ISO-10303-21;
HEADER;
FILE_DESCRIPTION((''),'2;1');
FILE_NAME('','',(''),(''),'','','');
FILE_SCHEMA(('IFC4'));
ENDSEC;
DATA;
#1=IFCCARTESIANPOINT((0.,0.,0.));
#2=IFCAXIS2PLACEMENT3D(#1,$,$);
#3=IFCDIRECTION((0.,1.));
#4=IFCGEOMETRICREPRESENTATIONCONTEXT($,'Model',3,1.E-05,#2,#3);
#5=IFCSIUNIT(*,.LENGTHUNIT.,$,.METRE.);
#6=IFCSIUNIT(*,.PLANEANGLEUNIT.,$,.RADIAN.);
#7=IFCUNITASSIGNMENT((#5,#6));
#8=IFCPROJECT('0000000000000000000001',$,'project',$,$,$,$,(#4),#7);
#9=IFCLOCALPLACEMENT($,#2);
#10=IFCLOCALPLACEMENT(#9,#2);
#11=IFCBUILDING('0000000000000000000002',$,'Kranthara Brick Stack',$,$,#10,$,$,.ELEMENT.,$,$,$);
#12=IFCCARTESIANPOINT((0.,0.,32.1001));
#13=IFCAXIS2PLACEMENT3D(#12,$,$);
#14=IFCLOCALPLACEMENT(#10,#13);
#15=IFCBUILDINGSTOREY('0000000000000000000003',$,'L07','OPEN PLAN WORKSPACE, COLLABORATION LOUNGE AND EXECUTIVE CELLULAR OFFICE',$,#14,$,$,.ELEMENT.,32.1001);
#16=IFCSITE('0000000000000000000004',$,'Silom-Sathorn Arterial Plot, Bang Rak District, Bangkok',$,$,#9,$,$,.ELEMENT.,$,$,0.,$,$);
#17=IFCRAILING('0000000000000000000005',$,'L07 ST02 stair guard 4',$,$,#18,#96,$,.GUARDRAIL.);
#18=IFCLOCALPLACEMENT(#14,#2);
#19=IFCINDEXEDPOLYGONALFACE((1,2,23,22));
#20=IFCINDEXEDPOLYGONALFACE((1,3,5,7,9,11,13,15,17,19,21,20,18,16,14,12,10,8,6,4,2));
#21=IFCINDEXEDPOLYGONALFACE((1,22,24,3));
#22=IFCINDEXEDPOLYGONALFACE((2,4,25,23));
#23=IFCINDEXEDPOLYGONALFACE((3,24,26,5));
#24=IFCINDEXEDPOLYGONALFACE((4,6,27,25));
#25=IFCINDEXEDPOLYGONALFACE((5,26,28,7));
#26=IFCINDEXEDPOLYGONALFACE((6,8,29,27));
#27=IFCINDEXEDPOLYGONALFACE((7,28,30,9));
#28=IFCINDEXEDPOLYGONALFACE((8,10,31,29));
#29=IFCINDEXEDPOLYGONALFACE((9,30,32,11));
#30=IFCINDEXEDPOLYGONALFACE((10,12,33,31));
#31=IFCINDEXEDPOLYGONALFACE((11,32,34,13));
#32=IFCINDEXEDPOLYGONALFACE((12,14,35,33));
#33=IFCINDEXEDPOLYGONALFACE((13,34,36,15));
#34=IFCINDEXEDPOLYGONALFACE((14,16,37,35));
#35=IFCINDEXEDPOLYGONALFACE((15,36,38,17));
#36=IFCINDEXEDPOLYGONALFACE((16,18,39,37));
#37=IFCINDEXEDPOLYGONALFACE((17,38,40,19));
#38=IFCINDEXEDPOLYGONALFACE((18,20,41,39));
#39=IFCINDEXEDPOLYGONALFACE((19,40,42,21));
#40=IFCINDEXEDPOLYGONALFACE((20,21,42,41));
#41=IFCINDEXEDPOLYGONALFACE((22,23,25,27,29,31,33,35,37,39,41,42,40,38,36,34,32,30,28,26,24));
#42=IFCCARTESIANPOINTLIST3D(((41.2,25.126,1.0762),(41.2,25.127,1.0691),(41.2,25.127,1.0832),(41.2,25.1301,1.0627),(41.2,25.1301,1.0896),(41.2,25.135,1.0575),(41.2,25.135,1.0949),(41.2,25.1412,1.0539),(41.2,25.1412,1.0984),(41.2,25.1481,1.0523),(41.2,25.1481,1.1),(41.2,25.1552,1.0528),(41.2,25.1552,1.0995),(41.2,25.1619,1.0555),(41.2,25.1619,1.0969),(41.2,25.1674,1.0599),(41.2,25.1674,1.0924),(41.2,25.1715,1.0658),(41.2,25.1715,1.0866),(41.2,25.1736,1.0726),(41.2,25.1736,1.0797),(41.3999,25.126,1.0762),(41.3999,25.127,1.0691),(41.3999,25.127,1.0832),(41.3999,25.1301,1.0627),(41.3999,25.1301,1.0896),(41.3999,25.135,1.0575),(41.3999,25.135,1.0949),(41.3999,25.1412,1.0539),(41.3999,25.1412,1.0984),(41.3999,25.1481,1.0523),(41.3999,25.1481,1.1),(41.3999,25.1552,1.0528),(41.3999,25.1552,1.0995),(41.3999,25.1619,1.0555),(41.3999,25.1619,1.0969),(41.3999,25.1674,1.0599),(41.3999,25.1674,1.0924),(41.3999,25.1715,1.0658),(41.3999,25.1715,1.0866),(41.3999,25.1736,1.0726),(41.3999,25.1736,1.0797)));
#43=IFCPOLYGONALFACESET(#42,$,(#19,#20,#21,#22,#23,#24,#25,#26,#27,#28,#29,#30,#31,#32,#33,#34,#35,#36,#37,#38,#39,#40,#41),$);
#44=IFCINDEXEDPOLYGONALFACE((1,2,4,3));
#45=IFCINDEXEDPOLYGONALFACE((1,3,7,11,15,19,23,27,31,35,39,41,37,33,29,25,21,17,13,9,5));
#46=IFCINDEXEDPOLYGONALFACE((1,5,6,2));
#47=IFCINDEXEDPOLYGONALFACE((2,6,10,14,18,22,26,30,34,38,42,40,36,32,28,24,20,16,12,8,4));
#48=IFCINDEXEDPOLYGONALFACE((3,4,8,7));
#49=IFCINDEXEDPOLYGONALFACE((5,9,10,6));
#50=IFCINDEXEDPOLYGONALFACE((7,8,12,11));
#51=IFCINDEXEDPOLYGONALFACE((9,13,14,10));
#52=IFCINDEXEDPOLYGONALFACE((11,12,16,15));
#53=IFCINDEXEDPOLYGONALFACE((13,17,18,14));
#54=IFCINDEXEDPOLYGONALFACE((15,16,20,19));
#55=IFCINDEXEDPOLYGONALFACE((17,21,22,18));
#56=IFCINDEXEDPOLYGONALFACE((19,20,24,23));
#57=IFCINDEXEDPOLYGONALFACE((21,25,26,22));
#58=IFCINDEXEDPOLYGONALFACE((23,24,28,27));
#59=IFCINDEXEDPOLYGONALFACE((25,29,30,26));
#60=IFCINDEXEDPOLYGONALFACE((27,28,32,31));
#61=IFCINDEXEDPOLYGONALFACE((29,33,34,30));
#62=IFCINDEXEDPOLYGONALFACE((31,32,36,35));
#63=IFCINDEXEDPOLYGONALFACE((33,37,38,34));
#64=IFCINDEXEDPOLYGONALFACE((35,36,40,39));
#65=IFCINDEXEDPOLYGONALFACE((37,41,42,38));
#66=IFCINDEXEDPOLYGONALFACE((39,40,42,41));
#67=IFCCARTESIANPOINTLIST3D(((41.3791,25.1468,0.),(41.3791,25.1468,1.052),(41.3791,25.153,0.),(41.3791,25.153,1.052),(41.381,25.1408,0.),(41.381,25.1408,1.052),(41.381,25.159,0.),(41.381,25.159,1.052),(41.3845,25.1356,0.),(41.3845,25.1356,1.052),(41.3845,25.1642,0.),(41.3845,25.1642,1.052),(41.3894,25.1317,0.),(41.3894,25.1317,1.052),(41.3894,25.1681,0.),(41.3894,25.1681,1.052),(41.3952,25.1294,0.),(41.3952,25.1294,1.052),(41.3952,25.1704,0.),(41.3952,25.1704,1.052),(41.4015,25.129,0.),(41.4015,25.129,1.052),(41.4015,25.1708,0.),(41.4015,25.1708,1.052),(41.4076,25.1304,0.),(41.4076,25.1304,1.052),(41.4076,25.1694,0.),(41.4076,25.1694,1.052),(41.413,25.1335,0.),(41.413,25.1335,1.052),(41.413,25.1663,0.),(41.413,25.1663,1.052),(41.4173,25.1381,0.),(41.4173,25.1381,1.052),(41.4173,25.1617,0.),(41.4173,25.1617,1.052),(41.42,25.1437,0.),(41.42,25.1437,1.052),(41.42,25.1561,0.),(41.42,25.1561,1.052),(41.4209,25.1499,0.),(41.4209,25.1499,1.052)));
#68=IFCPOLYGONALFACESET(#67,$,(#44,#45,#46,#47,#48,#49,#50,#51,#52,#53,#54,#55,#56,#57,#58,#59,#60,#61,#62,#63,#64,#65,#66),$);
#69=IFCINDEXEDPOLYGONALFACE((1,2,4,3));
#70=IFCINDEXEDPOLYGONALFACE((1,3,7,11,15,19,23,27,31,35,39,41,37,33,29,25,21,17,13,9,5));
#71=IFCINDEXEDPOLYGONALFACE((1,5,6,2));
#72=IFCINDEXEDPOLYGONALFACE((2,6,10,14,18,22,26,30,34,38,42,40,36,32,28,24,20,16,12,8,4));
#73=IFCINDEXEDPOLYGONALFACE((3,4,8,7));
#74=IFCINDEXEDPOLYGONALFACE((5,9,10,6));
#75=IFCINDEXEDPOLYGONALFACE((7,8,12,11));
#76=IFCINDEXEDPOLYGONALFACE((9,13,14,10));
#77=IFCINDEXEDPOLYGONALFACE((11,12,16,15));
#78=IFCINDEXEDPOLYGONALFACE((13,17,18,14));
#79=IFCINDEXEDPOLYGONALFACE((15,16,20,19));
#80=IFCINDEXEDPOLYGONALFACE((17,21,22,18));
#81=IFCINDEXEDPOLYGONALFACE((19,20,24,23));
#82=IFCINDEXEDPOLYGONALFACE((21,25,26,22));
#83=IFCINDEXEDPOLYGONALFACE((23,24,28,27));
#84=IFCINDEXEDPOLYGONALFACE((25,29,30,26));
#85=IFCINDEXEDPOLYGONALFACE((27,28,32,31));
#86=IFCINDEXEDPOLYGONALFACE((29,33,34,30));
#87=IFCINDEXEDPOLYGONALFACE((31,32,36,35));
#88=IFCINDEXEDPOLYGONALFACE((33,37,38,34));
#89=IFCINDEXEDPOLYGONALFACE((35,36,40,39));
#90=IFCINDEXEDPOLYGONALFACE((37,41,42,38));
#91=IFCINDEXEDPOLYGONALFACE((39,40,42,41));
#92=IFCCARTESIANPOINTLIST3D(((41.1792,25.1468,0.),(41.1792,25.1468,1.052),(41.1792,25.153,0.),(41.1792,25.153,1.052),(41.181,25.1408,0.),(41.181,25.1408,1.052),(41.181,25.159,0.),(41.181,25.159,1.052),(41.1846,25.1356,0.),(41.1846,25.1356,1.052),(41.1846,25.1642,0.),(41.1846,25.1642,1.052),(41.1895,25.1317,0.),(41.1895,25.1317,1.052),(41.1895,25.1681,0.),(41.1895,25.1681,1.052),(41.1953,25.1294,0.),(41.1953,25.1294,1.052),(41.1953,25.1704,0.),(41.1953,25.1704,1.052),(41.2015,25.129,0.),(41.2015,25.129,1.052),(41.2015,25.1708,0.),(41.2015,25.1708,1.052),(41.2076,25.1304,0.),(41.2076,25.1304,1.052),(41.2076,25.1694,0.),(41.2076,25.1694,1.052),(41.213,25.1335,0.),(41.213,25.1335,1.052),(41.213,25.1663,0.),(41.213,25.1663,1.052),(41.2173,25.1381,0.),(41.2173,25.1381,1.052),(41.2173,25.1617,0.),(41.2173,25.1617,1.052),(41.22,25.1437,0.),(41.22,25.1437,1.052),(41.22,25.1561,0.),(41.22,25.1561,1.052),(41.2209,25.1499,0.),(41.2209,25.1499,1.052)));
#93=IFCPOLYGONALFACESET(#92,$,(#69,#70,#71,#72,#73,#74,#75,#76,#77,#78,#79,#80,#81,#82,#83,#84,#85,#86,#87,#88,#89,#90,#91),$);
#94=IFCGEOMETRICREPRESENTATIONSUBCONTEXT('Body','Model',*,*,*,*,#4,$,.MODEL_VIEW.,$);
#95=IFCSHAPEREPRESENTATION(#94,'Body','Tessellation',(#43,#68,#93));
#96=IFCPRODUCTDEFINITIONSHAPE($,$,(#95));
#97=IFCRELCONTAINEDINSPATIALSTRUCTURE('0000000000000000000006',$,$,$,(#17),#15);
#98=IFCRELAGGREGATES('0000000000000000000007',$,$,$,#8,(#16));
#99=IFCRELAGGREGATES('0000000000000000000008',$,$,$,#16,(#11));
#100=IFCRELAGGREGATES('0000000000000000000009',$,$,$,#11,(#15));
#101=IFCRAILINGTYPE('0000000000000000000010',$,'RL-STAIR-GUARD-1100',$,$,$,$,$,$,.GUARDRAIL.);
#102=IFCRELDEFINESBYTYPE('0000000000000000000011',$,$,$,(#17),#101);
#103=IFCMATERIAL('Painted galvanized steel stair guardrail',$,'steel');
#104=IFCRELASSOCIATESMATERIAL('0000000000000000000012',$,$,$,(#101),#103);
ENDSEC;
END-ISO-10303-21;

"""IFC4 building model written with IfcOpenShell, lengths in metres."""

from ifc_helpers import new_model, si_unit, direction, frame, origin, origin_2d, place, context, subcontext, project, spatial, circle, extrude, material, type_object, element, save


model = new_model("IFC4")

# Units and contexts
model_context = context("Model", 3, precision=1e-05, world=origin(), true_north=direction((0.0, 1.0)))
body_context = subcontext(model_context, "Body", "Model", "MODEL_VIEW")
ifc_project = project(units=[si_unit("LENGTHUNIT", "METRE"), si_unit("PLANEANGLEUNIT", "RADIAN")], contexts=[model_context])

# Site, building, storey
site_placement = place(None, origin())
site = spatial("IfcSite", under=ifc_project, at=site_placement, Name="Silom-Sathorn Arterial Plot, Bang Rak District, Bangkok", CompositionType="ELEMENT", RefElevation=0.0)
building_placement = place(site_placement, origin())
building = spatial("IfcBuilding", under=site, at=building_placement, Name="Kranthara Brick Stack", CompositionType="ELEMENT")
storey_placement = place(building_placement, frame((0.0, 0.0, 32.1001)))
storey = spatial("IfcBuildingStorey", under=building, at=storey_placement, Name="L07", Description="OPEN PLAN WORKSPACE, COLLABORATION LOUNGE AND EXECUTIVE CELLULAR OFFICE", CompositionType="ELEMENT", Elevation=32.1001)

# Railing
ifc_material_1 = material(Name="Painted galvanized steel stair guardrail", Category="steel")
railing_type_1 = type_object("IfcRailingType", Name="RL-STAIR-GUARD-1100", PredefinedType="GUARDRAIL", material=ifc_material_1)
railing_1_placement = place(storey_placement, frame((41.3999, 25.1499, 0.0)))
element("IfcRailing", 1, at=railing_1_placement, inside=storey, type_object=railing_type_1, Name="L07 ST02 stair guard 4", PredefinedType="GUARDRAIL", context=body_context, shape_type="SweptSolid", body=[
    extrude(circle(Radius=0.0239, at=origin_2d()), frame((0.0, 0.0, 1.0762), z_axis=(-1.0, 0.0, 0.0), x_axis=(0.0, -1.0, 0.0)), (0.0, 0.0, 1.0), 0.2),
    extrude(circle(Radius=0.021, at=origin_2d()), origin(), (0.0, 0.0, 1.0), 1.052),
    extrude(circle(Radius=0.021, at=origin_2d()), frame((-0.2, 0.0, 0.0)), (0.0, 0.0, 1.0), 1.052),
])

save(model, "model.ifc")
